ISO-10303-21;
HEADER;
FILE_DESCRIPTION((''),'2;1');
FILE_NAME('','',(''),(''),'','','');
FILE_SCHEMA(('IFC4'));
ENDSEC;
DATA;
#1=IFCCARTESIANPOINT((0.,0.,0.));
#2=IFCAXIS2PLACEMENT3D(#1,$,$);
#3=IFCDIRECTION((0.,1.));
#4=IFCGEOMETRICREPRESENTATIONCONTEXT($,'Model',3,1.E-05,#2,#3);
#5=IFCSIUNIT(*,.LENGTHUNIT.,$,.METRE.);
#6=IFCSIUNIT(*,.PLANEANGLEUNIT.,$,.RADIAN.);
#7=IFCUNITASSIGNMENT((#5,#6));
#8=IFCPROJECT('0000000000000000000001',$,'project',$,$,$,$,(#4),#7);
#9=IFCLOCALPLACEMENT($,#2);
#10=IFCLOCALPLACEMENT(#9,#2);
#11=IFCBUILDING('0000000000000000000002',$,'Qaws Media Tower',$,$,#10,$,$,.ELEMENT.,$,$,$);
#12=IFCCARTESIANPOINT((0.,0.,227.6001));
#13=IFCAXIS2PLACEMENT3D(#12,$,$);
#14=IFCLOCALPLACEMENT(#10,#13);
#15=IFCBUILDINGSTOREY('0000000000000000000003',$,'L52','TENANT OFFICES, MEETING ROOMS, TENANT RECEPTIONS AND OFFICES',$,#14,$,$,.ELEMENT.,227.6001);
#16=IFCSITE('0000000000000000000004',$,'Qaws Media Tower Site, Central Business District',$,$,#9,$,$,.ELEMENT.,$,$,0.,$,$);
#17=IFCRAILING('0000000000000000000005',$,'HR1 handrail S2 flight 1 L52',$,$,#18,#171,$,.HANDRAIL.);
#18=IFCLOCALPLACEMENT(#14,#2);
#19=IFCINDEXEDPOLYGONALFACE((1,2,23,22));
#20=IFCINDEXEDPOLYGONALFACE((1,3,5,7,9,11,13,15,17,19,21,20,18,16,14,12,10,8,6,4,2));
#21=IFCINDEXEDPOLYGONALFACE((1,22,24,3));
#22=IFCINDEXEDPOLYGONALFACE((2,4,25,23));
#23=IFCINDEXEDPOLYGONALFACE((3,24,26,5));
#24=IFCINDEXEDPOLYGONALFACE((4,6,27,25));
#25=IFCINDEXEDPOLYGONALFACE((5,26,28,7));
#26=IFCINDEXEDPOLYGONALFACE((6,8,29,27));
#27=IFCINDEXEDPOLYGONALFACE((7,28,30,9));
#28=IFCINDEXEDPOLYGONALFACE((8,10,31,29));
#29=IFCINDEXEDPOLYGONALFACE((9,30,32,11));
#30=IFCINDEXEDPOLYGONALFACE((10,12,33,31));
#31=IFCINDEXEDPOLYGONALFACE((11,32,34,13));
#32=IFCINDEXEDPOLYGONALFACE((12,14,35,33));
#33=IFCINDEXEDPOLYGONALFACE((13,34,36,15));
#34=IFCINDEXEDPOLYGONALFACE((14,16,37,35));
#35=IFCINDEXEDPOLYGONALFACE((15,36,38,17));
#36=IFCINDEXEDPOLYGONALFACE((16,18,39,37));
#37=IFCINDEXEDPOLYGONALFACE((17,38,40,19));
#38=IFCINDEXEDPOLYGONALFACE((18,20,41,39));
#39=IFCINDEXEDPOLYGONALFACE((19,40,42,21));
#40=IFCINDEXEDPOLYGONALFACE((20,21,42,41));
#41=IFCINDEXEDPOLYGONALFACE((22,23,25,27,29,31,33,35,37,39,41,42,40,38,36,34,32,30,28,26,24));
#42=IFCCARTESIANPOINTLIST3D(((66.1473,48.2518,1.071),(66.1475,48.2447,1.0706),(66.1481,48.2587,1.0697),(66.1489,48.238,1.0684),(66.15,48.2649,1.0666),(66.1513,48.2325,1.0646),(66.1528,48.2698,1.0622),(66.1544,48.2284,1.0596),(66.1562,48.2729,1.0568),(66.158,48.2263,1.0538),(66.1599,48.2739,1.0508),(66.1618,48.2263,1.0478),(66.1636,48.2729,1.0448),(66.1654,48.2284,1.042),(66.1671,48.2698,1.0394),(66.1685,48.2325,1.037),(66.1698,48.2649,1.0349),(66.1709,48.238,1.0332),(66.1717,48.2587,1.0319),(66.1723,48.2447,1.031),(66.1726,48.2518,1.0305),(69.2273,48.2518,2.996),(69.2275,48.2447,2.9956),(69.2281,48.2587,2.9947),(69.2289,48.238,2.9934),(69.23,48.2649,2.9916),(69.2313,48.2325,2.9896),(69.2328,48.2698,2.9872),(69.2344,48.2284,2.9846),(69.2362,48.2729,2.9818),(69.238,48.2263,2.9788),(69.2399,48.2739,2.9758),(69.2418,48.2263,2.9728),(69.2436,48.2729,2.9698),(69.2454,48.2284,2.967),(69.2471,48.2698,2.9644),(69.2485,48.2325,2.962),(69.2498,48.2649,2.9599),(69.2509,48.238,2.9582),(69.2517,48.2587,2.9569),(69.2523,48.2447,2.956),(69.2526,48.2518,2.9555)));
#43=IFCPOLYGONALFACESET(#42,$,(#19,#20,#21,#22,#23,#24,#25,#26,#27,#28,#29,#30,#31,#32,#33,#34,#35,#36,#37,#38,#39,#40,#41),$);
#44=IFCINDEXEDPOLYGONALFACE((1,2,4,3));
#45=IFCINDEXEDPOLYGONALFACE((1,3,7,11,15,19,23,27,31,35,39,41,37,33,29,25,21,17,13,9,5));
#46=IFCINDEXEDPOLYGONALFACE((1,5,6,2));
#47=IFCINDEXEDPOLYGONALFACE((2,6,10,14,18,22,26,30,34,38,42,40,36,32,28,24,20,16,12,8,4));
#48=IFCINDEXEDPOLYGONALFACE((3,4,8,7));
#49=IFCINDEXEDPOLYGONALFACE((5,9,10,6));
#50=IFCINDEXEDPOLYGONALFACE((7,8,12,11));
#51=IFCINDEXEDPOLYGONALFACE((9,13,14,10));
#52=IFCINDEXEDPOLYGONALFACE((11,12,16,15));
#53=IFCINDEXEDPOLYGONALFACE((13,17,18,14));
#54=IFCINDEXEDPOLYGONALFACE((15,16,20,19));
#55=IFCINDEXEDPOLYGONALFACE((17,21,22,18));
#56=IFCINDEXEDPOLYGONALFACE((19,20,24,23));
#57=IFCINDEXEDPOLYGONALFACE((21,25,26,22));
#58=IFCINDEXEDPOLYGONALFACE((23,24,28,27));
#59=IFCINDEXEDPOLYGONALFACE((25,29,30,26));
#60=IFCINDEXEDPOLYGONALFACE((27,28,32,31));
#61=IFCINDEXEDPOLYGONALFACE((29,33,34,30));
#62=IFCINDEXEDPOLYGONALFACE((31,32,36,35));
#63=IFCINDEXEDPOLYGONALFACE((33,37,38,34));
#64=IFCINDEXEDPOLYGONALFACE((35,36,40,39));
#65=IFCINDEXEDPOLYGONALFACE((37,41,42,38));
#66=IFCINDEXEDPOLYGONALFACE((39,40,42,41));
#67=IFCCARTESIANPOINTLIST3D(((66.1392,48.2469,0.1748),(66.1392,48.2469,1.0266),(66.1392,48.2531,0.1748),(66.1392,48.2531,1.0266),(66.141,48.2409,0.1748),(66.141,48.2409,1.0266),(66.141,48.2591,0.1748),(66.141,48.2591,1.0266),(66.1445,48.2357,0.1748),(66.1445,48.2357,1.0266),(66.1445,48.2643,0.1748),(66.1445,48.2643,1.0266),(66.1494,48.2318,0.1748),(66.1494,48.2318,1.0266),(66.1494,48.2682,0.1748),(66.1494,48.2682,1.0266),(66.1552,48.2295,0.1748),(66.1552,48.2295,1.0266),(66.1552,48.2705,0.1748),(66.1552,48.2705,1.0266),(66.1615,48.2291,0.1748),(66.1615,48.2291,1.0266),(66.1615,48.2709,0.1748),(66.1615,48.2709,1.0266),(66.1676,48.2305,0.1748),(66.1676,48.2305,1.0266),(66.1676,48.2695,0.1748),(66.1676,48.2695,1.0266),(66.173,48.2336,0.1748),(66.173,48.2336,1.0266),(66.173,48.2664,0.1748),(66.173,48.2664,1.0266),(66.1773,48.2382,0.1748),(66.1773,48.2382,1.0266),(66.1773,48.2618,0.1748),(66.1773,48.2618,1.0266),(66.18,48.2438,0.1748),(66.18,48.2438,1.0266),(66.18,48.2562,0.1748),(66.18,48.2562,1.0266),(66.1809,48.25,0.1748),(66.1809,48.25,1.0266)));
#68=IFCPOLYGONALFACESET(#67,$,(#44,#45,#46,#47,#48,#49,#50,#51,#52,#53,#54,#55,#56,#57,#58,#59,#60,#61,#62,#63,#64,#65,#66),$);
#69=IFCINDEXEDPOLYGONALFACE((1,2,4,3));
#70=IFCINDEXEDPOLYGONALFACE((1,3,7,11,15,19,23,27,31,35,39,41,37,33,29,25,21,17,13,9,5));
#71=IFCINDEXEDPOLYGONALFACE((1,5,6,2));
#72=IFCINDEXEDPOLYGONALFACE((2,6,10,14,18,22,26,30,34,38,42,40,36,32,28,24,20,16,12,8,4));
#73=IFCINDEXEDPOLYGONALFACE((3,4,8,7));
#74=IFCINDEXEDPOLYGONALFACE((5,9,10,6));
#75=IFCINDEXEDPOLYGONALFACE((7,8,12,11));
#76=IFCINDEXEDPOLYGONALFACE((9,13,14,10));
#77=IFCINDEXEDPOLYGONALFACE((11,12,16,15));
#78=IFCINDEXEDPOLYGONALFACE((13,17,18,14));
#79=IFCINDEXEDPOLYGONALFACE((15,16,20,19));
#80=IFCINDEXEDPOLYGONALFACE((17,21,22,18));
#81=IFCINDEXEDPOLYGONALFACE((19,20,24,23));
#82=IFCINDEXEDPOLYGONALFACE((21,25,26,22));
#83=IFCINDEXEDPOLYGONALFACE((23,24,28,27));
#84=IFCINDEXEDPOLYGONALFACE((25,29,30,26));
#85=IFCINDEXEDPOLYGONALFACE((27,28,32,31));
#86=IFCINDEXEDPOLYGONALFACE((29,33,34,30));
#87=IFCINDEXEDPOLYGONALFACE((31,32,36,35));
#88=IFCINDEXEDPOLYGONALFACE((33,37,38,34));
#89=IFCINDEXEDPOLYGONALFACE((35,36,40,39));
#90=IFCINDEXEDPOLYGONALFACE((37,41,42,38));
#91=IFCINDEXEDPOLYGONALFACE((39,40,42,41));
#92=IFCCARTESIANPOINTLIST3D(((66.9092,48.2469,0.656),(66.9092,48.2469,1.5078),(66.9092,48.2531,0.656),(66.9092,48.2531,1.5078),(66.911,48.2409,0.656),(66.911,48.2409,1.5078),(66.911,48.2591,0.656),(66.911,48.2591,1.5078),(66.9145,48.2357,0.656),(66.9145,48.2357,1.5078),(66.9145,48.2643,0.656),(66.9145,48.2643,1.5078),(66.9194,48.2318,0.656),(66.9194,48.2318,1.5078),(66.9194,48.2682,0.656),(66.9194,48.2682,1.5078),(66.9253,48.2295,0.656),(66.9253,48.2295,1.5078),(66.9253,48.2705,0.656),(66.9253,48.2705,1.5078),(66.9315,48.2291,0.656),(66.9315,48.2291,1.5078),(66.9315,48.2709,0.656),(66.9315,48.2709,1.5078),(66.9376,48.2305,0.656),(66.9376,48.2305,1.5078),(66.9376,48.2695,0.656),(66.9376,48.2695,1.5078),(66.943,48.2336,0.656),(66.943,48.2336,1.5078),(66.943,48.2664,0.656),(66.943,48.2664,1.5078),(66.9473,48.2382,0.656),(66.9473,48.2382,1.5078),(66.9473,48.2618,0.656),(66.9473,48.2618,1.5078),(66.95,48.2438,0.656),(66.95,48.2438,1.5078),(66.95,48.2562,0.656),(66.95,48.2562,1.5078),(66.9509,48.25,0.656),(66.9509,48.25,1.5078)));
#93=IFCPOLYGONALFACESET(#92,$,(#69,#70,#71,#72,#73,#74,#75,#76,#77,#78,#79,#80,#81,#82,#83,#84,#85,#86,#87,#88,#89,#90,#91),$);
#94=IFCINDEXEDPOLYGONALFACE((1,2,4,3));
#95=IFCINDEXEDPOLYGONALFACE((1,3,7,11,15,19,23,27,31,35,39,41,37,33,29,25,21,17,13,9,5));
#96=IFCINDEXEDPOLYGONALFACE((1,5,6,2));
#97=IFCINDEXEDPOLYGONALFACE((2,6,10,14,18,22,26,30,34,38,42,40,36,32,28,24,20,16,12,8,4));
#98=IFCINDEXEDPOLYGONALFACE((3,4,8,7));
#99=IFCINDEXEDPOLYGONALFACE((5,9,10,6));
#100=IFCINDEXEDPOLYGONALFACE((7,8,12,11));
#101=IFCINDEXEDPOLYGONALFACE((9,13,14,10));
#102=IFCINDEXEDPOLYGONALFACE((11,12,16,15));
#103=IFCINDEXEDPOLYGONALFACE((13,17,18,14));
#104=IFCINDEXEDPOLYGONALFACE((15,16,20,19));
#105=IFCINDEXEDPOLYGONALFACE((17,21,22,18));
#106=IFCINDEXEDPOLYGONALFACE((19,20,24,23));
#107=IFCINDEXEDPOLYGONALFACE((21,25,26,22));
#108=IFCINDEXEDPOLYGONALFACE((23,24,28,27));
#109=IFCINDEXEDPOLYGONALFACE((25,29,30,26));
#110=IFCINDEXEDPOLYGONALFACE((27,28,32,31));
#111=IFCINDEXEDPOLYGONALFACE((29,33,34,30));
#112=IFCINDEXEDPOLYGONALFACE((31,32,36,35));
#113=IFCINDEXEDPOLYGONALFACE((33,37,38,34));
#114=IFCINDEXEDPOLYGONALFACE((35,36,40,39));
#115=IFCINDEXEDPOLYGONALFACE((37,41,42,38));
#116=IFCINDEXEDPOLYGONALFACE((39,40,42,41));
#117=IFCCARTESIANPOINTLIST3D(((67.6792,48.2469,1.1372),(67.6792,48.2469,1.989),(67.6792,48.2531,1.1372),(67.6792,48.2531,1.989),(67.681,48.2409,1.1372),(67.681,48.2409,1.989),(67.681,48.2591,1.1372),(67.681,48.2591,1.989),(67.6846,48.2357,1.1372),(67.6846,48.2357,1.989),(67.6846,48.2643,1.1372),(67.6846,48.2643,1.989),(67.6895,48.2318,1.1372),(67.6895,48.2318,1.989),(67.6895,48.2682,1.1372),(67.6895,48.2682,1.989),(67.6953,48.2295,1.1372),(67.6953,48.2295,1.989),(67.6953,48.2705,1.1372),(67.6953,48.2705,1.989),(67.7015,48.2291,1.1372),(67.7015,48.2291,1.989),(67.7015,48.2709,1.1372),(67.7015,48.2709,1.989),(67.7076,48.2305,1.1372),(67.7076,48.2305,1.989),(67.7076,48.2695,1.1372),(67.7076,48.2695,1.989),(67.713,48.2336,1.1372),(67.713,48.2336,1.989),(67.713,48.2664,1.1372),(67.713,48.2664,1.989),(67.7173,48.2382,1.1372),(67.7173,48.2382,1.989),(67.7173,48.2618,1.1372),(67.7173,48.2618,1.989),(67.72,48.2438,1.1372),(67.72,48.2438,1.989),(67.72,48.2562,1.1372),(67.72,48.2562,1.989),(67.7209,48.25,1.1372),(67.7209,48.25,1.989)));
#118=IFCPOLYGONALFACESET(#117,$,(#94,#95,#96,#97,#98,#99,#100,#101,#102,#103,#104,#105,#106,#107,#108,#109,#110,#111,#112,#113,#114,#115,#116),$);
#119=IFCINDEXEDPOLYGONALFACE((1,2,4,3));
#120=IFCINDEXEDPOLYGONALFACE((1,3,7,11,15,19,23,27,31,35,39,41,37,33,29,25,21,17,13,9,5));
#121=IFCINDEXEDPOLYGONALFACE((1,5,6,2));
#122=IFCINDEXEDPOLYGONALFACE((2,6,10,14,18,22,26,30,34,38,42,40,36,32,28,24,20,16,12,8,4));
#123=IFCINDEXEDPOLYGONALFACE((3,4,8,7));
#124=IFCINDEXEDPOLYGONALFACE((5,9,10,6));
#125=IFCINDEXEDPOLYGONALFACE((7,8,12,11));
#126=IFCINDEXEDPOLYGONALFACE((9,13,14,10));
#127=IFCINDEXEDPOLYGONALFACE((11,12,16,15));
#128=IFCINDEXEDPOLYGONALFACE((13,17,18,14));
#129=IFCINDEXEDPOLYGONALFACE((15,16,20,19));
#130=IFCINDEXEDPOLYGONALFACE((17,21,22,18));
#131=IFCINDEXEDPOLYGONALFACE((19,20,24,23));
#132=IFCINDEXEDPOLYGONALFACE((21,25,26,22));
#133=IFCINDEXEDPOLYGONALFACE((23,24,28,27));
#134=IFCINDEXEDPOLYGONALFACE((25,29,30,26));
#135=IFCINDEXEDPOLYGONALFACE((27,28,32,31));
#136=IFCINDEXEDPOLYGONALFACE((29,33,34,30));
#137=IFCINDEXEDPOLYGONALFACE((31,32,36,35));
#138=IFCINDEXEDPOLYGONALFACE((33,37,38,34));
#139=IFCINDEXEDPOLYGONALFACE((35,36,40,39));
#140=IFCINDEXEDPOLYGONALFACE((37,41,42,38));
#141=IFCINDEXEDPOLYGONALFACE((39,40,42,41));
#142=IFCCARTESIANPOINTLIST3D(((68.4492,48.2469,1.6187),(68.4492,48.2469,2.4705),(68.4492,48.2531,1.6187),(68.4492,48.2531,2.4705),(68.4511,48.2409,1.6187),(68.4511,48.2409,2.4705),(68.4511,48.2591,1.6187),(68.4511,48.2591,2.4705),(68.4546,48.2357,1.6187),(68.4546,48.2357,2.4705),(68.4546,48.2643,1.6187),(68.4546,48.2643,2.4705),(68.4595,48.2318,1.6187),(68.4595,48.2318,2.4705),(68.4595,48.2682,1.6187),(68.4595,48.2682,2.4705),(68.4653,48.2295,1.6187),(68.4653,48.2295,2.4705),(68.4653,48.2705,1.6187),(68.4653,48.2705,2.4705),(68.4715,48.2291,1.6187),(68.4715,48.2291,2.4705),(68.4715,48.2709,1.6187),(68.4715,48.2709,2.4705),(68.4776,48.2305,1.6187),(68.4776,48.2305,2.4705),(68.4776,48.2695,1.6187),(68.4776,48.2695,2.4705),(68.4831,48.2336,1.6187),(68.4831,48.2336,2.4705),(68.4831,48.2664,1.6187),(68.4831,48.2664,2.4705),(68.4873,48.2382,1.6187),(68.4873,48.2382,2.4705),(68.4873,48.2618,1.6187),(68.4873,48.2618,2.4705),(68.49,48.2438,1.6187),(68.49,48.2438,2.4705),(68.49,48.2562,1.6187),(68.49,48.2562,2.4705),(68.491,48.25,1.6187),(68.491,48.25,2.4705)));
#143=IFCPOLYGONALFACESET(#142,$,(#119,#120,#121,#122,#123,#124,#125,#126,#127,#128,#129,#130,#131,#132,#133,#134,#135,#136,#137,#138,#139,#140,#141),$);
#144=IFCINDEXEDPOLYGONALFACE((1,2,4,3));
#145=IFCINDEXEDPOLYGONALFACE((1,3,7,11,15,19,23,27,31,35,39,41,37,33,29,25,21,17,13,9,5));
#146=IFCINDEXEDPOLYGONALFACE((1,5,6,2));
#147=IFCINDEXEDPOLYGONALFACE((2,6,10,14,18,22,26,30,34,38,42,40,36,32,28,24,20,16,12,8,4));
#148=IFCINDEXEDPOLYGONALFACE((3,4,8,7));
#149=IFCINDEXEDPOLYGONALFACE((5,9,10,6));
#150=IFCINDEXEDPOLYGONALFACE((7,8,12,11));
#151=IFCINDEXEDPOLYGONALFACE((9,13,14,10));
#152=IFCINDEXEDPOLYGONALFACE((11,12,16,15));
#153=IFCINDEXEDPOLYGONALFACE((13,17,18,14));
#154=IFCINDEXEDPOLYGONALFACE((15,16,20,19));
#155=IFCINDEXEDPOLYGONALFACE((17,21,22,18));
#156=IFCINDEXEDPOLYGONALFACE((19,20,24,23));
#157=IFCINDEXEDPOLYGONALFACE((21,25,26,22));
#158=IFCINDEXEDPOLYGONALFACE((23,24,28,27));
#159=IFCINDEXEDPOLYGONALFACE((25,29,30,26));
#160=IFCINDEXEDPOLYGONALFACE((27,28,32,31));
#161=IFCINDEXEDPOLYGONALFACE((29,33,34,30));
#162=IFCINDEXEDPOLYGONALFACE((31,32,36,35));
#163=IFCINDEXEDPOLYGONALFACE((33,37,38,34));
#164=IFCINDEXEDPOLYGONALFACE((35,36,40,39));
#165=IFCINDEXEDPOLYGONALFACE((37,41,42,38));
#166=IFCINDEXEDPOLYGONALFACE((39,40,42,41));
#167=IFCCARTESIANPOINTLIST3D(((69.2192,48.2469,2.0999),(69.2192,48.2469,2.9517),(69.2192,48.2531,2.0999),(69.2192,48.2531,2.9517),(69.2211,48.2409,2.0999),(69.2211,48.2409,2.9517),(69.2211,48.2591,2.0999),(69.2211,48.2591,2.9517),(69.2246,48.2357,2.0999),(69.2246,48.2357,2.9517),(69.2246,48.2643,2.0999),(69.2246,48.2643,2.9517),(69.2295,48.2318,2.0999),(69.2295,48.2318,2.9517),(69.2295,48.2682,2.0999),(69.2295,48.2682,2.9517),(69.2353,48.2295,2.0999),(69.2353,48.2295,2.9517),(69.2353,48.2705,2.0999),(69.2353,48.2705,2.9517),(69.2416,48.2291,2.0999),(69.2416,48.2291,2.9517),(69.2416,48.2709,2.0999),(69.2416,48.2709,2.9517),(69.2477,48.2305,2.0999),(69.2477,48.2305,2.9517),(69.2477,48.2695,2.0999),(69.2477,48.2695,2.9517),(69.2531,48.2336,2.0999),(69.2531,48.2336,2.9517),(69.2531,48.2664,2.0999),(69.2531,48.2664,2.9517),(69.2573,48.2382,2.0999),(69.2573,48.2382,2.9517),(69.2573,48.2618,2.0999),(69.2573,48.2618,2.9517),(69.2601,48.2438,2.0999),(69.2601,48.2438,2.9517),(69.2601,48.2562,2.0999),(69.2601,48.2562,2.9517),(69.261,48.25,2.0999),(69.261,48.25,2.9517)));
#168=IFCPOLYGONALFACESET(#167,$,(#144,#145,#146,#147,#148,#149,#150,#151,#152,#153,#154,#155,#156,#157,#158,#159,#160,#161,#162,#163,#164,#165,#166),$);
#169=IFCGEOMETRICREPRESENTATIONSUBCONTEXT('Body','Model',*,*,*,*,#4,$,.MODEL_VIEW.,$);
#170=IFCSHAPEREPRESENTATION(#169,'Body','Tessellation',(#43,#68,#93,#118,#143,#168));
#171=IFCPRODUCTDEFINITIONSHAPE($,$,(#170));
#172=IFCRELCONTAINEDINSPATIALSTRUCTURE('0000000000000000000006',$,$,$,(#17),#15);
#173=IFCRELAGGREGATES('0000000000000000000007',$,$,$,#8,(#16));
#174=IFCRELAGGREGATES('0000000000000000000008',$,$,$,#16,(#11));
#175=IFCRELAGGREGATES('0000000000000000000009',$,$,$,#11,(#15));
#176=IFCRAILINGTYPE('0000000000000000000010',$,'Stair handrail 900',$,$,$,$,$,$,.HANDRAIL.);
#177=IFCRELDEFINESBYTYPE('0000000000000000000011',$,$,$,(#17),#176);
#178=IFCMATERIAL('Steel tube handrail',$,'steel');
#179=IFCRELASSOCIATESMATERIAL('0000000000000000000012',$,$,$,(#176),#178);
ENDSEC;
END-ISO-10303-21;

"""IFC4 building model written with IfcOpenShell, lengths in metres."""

from ifc_helpers import new_model, si_unit, direction, frame, origin, origin_2d, place, context, subcontext, project, spatial, circle, extrude, material, type_object, element, save


model = new_model("IFC4")

# Units and contexts
model_context = context("Model", 3, precision=1e-05, world=origin(), true_north=direction((0.0, 1.0)))
body_context = subcontext(model_context, "Body", "Model", "MODEL_VIEW")
ifc_project = project(units=[si_unit("LENGTHUNIT", "METRE"), si_unit("PLANEANGLEUNIT", "RADIAN")], contexts=[model_context])

# Site, building, storey
site_placement = place(None, origin())
site = spatial("IfcSite", under=ifc_project, at=site_placement, Name="Qaws Media Tower Site, Central Business District", CompositionType="ELEMENT", RefElevation=0.0)
building_placement = place(site_placement, origin())
building = spatial("IfcBuilding", under=site, at=building_placement, Name="Qaws Media Tower", CompositionType="ELEMENT")
storey_placement = place(building_placement, frame((0.0, 0.0, 227.6001)))
storey = spatial("IfcBuildingStorey", under=building, at=storey_placement, Name="L52", Description="TENANT OFFICES, MEETING ROOMS, TENANT RECEPTIONS AND OFFICES", CompositionType="ELEMENT", Elevation=227.6001)

# Railing
ifc_material_1 = material(Name="Steel tube handrail", Category="steel")
railing_type = type_object("IfcRailingType", Name="Stair handrail 900", PredefinedType="HANDRAIL", material=ifc_material_1)
for number, where, name in (
    (1, (66.1599, 48.25, 0.1748), "HR1 handrail S2 flight 1 L52"),
):
    element("IfcRailing", number, at=place(storey_placement, frame(where)), inside=storey, type_object=railing_type, Name=name, PredefinedType="HANDRAIL", context=body_context, shape_type="SweptSolid", body=[
        extrude(circle(Radius=0.0239, at=origin_2d()), frame((0.0, 0.0, 0.876), z_axis=(0.847998, 0.0, 0.529999), x_axis=(0.0, 1.0, 0.0)), (0.0, 0.0, 1.0), 3.6321),
        extrude(circle(Radius=0.021, at=origin_2d()), origin(), (0.0, 0.0, 1.0), 0.8518),
        extrude(circle(Radius=0.021, at=origin_2d()), frame((0.77, 0.0, 0.4812)), (0.0, 0.0, 1.0), 0.8518),
        extrude(circle(Radius=0.021, at=origin_2d()), frame((1.54, 0.0, 0.9624)), (0.0, 0.0, 1.0), 0.8518),
        extrude(circle(Radius=0.021, at=origin_2d()), frame((2.3101, 0.0, 1.4438)), (0.0, 0.0, 1.0), 0.8518),
        extrude(circle(Radius=0.021, at=origin_2d()), frame((3.0801, 0.0, 1.925)), (0.0, 0.0, 1.0), 0.8518),
    ])

save(model, "model.ifc")
